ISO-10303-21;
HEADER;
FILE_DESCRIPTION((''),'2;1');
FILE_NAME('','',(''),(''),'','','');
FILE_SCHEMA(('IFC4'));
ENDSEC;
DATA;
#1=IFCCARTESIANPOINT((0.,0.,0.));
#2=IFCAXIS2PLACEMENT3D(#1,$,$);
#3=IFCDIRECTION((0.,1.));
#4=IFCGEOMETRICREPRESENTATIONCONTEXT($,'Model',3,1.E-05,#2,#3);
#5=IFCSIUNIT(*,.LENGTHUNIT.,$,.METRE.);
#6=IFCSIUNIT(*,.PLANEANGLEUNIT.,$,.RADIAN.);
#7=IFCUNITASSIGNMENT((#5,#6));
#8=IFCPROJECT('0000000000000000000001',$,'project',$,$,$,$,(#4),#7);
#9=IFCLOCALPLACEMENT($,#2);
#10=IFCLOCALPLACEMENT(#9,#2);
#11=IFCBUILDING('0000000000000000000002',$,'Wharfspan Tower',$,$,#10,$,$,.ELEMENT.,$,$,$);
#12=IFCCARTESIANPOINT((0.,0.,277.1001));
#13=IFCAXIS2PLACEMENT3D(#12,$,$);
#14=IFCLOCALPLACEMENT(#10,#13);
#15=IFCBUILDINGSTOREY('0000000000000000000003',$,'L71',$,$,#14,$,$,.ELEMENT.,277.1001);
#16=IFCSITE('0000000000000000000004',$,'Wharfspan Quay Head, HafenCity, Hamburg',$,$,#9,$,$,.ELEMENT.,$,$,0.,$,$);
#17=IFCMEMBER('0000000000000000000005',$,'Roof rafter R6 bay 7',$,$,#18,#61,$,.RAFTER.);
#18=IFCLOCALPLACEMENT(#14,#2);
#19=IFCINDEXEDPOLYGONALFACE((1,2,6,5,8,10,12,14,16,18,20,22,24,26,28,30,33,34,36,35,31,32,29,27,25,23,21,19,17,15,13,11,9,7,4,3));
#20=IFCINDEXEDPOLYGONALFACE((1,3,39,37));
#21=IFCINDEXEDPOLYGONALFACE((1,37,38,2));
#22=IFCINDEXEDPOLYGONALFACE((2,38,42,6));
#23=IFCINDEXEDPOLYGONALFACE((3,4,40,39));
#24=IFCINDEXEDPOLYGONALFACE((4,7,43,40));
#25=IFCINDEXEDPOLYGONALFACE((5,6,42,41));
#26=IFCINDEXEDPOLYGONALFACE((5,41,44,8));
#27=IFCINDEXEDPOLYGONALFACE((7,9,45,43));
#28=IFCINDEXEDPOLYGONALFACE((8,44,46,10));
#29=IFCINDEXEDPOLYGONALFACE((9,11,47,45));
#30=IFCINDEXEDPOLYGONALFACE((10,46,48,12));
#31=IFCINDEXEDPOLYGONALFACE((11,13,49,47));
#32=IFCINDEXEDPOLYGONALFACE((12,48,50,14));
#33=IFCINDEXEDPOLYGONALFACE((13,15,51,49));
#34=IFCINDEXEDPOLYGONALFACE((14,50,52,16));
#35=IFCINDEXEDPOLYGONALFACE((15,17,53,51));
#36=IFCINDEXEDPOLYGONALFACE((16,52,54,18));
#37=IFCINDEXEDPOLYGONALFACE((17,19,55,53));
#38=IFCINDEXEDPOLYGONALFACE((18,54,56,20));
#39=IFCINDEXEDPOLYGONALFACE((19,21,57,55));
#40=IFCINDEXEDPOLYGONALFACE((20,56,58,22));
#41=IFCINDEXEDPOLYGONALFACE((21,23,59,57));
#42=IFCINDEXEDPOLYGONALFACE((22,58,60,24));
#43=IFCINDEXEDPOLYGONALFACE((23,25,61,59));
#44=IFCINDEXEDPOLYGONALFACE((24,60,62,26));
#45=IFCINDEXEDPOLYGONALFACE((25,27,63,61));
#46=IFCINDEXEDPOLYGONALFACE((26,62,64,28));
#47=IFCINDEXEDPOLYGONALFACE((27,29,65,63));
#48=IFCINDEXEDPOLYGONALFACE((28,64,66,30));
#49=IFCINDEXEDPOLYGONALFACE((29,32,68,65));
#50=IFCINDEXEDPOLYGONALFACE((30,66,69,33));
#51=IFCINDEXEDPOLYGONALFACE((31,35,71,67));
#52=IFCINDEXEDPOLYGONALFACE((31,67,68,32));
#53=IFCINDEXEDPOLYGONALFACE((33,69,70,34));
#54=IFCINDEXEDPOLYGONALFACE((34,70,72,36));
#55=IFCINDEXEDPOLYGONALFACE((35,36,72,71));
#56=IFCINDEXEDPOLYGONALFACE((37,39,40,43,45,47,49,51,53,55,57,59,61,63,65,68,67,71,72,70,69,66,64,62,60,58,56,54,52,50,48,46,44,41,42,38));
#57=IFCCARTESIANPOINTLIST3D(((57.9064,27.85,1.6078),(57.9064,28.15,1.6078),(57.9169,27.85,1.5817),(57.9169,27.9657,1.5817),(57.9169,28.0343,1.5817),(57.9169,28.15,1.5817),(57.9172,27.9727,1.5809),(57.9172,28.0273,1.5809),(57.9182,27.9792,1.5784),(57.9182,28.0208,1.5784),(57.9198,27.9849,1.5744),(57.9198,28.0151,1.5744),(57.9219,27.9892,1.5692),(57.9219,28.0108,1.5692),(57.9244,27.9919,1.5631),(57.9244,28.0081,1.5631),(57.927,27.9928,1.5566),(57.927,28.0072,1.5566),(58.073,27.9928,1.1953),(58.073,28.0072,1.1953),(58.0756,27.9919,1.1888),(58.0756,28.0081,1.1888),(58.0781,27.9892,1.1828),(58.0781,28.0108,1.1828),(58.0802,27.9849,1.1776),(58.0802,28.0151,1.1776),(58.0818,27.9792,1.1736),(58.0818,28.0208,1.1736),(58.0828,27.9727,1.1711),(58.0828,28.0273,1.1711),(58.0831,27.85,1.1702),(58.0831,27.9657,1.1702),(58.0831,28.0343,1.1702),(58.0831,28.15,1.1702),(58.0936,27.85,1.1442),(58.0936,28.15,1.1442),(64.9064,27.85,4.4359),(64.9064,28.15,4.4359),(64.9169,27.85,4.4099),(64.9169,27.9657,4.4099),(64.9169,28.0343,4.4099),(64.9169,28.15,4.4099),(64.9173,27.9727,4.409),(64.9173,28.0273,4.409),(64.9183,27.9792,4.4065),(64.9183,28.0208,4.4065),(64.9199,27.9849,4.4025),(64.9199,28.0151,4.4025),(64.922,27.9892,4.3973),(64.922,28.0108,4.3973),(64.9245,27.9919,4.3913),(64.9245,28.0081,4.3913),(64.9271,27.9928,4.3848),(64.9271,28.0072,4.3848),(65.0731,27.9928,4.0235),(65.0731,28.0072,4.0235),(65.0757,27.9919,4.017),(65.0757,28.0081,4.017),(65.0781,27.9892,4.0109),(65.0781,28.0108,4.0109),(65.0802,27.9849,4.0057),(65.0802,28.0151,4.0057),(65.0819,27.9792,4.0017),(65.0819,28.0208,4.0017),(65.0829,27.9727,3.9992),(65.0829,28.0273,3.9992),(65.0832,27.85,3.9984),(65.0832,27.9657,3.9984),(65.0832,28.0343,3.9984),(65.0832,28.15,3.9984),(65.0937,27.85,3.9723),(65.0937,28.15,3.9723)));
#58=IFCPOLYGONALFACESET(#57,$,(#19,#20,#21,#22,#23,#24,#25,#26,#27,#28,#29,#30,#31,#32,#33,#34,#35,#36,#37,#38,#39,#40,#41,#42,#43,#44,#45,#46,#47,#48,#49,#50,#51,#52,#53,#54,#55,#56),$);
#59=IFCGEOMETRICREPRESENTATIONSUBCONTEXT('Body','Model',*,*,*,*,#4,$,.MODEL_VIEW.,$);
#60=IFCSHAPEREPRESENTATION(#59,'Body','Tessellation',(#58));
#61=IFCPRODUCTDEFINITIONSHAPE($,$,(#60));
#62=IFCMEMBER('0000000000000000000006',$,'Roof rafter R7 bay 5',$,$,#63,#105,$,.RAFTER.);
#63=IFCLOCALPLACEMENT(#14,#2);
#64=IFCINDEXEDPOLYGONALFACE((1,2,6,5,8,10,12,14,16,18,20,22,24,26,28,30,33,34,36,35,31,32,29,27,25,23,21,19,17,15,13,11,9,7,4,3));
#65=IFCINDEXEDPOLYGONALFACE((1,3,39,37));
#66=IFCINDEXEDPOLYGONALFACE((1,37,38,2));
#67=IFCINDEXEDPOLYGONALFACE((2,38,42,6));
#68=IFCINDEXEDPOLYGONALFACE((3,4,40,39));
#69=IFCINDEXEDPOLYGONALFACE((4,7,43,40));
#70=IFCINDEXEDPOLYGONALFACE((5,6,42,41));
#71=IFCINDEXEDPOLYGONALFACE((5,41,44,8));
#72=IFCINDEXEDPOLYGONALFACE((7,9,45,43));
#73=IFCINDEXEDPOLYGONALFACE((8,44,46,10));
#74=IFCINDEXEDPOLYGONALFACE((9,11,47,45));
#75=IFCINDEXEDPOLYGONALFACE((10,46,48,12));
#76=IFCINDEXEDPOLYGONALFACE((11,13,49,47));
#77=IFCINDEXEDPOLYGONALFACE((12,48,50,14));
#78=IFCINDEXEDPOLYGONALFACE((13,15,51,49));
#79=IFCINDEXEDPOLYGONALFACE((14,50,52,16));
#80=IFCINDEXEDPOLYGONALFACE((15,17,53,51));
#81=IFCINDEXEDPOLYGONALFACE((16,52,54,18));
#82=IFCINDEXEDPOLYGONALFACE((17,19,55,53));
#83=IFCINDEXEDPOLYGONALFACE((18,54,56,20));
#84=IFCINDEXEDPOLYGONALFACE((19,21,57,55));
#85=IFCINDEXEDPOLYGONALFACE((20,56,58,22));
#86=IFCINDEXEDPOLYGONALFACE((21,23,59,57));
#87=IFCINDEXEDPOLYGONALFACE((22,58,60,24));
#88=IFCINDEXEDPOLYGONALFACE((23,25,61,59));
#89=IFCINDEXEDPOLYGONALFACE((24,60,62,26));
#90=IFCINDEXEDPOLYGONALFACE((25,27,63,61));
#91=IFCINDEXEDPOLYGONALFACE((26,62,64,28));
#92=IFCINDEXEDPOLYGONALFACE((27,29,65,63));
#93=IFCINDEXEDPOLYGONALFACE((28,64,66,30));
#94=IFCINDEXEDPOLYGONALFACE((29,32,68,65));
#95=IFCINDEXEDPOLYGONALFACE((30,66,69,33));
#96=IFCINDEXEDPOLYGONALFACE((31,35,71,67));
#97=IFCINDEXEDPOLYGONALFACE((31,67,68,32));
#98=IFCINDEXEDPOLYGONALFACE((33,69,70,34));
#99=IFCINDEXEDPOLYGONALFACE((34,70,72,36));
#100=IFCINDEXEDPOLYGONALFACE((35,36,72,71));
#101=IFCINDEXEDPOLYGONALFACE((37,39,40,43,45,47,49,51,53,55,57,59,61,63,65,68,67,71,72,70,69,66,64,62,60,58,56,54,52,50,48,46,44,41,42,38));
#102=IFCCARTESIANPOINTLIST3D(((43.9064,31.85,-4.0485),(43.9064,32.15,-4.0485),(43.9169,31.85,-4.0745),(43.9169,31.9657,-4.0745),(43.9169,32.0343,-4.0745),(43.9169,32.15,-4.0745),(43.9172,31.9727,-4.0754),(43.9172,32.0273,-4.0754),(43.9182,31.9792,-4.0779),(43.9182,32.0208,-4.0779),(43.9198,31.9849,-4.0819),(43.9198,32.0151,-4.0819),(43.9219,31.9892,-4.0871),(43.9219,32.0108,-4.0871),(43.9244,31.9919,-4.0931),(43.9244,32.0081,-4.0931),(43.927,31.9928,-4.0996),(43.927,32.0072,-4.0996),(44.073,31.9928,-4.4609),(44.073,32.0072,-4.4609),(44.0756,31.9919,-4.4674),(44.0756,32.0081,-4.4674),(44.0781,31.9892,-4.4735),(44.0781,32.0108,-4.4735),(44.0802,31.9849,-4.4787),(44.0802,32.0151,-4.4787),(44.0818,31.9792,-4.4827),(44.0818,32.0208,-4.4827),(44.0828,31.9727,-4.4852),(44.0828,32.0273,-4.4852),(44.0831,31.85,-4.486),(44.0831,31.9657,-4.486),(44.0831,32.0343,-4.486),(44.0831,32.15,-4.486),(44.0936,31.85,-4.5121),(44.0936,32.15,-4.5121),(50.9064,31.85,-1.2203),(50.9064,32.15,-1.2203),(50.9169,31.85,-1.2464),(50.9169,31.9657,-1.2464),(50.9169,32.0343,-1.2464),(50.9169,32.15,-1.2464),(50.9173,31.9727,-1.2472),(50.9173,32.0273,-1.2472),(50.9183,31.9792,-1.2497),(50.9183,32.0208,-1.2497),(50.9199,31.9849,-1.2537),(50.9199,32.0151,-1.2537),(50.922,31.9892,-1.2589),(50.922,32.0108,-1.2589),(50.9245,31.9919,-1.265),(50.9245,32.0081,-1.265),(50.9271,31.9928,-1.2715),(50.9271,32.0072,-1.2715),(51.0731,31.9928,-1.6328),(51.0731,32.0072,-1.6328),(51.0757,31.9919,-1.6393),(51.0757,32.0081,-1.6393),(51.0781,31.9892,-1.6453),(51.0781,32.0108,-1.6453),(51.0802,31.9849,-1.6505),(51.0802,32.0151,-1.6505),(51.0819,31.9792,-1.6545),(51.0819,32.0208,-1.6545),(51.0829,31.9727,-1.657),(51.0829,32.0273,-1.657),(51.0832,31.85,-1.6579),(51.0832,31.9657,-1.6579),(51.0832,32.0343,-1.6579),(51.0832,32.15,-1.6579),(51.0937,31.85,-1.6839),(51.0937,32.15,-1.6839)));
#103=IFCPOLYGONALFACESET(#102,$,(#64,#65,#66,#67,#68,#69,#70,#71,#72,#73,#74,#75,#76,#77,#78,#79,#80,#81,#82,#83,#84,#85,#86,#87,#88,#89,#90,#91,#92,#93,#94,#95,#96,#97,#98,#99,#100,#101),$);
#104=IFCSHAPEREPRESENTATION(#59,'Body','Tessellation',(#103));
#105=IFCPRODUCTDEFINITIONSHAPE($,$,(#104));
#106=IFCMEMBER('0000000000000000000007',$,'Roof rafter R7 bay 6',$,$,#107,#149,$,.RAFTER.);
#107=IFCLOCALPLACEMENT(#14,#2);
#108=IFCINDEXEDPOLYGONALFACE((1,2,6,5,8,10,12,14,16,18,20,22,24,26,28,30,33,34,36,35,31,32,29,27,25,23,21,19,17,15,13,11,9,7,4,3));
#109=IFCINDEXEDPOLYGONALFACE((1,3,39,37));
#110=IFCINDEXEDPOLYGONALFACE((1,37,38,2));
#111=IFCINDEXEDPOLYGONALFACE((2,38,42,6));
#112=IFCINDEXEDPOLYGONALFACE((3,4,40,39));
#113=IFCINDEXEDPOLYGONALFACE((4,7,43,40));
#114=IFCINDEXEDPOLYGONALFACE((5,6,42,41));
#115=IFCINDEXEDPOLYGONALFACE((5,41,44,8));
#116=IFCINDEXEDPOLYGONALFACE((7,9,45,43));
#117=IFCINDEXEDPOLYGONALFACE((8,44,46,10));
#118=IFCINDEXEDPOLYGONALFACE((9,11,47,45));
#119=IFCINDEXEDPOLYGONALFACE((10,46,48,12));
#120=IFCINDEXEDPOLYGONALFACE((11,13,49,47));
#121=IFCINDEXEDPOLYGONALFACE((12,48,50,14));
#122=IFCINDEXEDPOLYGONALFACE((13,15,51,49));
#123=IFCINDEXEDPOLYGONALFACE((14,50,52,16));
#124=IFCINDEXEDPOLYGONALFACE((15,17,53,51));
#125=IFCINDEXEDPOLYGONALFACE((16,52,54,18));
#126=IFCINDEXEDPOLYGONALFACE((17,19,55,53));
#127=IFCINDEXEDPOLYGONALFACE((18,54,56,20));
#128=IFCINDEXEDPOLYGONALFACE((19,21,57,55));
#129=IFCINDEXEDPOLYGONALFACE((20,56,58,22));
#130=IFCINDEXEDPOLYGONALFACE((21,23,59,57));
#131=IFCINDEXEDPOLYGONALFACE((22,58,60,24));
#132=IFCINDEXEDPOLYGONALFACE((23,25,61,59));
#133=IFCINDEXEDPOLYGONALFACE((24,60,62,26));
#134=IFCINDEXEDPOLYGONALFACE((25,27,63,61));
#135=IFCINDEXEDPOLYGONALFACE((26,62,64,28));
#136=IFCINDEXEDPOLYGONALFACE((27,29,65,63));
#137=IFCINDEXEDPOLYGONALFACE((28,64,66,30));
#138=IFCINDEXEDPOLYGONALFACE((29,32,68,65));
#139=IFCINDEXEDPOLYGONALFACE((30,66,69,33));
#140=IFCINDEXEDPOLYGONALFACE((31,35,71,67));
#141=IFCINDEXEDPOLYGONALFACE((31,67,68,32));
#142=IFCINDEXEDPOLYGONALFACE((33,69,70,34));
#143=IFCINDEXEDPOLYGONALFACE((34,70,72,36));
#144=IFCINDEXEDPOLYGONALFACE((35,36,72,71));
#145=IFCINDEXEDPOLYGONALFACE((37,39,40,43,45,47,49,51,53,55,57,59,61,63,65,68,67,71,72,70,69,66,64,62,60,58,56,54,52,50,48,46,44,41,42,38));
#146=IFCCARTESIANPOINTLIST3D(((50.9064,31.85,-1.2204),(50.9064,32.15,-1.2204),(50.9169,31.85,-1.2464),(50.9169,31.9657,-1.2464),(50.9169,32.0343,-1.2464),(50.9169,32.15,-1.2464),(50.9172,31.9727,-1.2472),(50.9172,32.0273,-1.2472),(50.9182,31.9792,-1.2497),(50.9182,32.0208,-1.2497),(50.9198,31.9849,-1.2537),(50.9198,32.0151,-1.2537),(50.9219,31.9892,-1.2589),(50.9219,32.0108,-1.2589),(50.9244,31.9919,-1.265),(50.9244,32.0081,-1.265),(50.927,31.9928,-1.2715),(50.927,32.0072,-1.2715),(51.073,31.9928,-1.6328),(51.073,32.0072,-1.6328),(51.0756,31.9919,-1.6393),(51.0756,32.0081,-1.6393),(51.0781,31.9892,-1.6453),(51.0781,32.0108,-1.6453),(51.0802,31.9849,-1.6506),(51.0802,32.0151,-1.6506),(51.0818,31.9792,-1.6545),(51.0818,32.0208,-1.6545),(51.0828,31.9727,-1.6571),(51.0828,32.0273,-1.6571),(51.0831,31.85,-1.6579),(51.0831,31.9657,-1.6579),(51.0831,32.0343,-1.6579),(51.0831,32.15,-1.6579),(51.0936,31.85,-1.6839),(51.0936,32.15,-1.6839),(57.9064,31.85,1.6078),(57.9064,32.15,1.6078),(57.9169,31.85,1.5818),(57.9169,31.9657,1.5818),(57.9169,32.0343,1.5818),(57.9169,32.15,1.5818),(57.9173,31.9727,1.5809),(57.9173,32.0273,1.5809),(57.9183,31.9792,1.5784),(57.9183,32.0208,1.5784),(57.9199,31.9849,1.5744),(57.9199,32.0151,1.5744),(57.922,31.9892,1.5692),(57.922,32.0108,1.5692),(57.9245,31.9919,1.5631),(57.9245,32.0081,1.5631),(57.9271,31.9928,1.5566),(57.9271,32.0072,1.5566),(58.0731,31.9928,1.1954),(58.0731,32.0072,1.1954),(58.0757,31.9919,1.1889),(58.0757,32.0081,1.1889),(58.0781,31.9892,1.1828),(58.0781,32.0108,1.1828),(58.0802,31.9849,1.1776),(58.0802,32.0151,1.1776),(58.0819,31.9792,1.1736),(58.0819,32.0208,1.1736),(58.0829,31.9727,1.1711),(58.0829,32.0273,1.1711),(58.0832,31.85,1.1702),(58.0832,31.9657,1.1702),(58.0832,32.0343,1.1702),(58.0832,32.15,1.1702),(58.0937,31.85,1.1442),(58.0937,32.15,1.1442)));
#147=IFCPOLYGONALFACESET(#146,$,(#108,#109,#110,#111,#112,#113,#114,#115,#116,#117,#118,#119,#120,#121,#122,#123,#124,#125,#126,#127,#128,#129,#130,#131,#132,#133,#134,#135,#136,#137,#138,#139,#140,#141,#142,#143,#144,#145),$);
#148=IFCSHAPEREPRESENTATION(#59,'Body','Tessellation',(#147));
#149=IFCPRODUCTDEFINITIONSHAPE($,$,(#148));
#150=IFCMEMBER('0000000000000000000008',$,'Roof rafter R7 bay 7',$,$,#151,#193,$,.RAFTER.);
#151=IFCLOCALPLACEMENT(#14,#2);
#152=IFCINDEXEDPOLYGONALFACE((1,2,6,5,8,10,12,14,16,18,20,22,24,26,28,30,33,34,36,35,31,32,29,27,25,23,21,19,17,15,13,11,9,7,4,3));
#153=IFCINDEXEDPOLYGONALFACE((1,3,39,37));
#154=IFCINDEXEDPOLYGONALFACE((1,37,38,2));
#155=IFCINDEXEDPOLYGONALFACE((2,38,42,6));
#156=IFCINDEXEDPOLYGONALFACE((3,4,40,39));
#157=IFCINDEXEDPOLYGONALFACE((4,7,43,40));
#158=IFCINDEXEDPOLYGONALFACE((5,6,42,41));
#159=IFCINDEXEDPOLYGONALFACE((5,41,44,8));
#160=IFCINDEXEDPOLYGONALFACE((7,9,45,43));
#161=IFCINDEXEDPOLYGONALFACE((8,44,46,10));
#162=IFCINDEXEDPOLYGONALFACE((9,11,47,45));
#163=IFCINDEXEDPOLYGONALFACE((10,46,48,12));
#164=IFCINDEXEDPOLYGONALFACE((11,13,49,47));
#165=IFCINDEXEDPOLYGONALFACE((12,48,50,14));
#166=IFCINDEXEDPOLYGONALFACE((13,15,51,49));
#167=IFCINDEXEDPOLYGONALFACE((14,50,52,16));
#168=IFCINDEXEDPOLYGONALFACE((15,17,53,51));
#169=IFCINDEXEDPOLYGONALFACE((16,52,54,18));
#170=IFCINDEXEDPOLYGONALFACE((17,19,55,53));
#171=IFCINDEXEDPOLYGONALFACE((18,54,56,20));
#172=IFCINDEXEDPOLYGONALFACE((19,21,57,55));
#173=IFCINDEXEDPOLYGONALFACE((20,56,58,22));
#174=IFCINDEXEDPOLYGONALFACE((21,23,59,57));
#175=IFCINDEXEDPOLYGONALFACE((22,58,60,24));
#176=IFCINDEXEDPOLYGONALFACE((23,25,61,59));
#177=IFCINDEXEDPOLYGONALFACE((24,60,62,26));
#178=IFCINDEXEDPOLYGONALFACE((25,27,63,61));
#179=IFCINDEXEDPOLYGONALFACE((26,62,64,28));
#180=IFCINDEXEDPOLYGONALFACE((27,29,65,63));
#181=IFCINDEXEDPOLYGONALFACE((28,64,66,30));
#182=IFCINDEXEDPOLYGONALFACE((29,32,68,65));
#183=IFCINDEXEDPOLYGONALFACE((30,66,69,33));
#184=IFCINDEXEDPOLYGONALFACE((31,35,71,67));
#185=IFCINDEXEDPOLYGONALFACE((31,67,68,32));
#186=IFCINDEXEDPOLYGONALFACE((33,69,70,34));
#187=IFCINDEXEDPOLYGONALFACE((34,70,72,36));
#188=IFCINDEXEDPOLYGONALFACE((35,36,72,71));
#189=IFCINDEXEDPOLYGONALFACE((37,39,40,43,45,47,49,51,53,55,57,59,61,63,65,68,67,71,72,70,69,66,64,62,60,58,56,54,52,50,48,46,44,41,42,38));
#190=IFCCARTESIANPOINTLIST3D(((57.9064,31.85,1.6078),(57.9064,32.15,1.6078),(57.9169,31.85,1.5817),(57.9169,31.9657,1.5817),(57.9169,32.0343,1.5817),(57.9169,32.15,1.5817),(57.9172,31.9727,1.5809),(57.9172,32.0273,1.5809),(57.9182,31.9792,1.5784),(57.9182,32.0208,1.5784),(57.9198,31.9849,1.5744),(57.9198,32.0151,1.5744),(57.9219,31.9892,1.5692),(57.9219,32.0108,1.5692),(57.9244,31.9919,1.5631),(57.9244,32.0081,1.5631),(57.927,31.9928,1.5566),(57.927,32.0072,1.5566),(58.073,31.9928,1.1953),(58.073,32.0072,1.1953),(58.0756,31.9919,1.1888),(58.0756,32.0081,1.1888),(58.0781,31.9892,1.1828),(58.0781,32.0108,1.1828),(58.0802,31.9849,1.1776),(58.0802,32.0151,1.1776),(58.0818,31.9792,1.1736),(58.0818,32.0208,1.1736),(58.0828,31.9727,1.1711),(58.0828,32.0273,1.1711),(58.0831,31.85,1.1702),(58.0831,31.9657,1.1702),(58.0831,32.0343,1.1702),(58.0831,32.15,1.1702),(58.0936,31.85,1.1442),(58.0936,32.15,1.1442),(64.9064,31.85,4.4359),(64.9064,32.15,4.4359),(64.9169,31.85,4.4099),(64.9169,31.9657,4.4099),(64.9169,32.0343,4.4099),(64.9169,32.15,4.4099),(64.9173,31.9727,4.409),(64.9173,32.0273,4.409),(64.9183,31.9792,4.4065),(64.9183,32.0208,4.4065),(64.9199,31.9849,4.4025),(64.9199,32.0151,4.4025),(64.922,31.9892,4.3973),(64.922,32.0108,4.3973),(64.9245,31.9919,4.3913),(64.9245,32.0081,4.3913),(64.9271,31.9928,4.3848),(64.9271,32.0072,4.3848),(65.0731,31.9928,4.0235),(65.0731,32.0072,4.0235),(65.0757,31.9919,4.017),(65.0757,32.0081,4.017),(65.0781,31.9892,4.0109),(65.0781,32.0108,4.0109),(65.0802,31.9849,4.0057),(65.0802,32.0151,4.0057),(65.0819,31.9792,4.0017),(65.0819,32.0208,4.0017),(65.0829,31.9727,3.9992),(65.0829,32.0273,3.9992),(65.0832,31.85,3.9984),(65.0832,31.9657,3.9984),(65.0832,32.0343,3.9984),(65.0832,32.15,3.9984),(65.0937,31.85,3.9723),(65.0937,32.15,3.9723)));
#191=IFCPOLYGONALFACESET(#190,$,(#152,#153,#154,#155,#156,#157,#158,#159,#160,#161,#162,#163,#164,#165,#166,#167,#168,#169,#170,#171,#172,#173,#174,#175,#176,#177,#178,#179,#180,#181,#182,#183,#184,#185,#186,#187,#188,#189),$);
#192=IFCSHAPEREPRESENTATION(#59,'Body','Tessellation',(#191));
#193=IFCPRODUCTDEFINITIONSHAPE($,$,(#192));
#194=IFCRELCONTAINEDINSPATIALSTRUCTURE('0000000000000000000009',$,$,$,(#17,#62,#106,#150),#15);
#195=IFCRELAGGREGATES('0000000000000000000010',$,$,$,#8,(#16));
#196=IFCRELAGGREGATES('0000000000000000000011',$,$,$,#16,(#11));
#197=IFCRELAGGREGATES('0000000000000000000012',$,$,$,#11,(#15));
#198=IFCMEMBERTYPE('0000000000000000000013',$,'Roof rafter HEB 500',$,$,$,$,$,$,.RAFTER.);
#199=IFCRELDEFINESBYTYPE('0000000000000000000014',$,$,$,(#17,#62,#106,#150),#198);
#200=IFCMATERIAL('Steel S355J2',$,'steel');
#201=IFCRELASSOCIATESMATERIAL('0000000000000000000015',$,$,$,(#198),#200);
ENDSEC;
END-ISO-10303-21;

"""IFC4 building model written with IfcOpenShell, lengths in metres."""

from ifc_helpers import new_model, si_unit, direction, frame, origin, origin_2d, place, context, subcontext, project, spatial, i_section, extrude, material, material_profile, profile_set, type_object, element, save


model = new_model("IFC4")

# Units and contexts
model_context = context("Model", 3, precision=1e-05, world=origin(), true_north=direction((0.0, 1.0)))
body_context = subcontext(model_context, "Body", "Model", "MODEL_VIEW")
ifc_project = project(units=[si_unit("LENGTHUNIT", "METRE"), si_unit("PLANEANGLEUNIT", "RADIAN")], contexts=[model_context])

# Site, building, storey
site_placement = place(None, origin())
site = spatial("IfcSite", under=ifc_project, at=site_placement, Name="Wharfspan Quay Head, HafenCity, Hamburg", CompositionType="ELEMENT", RefElevation=0.0)
building_placement = place(site_placement, origin())
building = spatial("IfcBuilding", under=site, at=building_placement, Name="Wharfspan Tower", CompositionType="ELEMENT")
storey_placement = place(building_placement, frame((0.0, 0.0, 277.1001)))
storey = spatial("IfcBuildingStorey", under=building, at=storey_placement, Name="L71", CompositionType="ELEMENT", Elevation=277.1001)

# Shared definitions
ifc_material_1 = material(Name="Steel S355J2", Category="steel")

# Members
ifc_material_profile_1 = material_profile(ifc_material_1, i_section(OverallWidth=0.3, OverallDepth=0.5, WebThickness=0.0144, FlangeThickness=0.0281, FilletRadius=0.0271, at=origin_2d()))
ifc_profile_set_1 = profile_set([ifc_material_profile_1], Name="Steel S355J2")
member_type_1 = type_object("IfcMemberType", Name="Roof rafter HEB 500", PredefinedType="RAFTER", material=ifc_profile_set_1)
for number, where, z_axis, x_axis, name in (
    (1, (58.0, 28.0, 1.376), (0.927187, 0.0, 0.3746), (0.0, 1.0, 0.0), "Roof rafter R6 bay 7"),
    (2, (44.0, 32.0, -4.2803), (0.927187, 0.0, 0.3746), (0.0, 1.0, 0.0), "Roof rafter R7 bay 5"),
    (3, (51.0, 32.0, -1.4521), (0.927187, 0.0, 0.3746), (0.0, 1.0, 0.0), "Roof rafter R7 bay 6"),
    (4, (58.0, 32.0, 1.376), (0.927187, 0.0, 0.3746), (0.0, 1.0, 0.0), "Roof rafter R7 bay 7"),
):
    element("IfcMember", number, at=place(storey_placement, frame(where, z_axis=z_axis, x_axis=x_axis)), inside=storey, type_object=member_type_1, Name=name, PredefinedType="RAFTER", context=body_context, shape_type="SweptSolid", body=[
        extrude(i_section(OverallWidth=0.3, OverallDepth=0.5, WebThickness=0.0144, FlangeThickness=0.0281, FilletRadius=0.0271, at=origin_2d()), origin(), (0.0, 0.0, 1.0), 7.5498),
    ])

save(model, "model.ifc")
